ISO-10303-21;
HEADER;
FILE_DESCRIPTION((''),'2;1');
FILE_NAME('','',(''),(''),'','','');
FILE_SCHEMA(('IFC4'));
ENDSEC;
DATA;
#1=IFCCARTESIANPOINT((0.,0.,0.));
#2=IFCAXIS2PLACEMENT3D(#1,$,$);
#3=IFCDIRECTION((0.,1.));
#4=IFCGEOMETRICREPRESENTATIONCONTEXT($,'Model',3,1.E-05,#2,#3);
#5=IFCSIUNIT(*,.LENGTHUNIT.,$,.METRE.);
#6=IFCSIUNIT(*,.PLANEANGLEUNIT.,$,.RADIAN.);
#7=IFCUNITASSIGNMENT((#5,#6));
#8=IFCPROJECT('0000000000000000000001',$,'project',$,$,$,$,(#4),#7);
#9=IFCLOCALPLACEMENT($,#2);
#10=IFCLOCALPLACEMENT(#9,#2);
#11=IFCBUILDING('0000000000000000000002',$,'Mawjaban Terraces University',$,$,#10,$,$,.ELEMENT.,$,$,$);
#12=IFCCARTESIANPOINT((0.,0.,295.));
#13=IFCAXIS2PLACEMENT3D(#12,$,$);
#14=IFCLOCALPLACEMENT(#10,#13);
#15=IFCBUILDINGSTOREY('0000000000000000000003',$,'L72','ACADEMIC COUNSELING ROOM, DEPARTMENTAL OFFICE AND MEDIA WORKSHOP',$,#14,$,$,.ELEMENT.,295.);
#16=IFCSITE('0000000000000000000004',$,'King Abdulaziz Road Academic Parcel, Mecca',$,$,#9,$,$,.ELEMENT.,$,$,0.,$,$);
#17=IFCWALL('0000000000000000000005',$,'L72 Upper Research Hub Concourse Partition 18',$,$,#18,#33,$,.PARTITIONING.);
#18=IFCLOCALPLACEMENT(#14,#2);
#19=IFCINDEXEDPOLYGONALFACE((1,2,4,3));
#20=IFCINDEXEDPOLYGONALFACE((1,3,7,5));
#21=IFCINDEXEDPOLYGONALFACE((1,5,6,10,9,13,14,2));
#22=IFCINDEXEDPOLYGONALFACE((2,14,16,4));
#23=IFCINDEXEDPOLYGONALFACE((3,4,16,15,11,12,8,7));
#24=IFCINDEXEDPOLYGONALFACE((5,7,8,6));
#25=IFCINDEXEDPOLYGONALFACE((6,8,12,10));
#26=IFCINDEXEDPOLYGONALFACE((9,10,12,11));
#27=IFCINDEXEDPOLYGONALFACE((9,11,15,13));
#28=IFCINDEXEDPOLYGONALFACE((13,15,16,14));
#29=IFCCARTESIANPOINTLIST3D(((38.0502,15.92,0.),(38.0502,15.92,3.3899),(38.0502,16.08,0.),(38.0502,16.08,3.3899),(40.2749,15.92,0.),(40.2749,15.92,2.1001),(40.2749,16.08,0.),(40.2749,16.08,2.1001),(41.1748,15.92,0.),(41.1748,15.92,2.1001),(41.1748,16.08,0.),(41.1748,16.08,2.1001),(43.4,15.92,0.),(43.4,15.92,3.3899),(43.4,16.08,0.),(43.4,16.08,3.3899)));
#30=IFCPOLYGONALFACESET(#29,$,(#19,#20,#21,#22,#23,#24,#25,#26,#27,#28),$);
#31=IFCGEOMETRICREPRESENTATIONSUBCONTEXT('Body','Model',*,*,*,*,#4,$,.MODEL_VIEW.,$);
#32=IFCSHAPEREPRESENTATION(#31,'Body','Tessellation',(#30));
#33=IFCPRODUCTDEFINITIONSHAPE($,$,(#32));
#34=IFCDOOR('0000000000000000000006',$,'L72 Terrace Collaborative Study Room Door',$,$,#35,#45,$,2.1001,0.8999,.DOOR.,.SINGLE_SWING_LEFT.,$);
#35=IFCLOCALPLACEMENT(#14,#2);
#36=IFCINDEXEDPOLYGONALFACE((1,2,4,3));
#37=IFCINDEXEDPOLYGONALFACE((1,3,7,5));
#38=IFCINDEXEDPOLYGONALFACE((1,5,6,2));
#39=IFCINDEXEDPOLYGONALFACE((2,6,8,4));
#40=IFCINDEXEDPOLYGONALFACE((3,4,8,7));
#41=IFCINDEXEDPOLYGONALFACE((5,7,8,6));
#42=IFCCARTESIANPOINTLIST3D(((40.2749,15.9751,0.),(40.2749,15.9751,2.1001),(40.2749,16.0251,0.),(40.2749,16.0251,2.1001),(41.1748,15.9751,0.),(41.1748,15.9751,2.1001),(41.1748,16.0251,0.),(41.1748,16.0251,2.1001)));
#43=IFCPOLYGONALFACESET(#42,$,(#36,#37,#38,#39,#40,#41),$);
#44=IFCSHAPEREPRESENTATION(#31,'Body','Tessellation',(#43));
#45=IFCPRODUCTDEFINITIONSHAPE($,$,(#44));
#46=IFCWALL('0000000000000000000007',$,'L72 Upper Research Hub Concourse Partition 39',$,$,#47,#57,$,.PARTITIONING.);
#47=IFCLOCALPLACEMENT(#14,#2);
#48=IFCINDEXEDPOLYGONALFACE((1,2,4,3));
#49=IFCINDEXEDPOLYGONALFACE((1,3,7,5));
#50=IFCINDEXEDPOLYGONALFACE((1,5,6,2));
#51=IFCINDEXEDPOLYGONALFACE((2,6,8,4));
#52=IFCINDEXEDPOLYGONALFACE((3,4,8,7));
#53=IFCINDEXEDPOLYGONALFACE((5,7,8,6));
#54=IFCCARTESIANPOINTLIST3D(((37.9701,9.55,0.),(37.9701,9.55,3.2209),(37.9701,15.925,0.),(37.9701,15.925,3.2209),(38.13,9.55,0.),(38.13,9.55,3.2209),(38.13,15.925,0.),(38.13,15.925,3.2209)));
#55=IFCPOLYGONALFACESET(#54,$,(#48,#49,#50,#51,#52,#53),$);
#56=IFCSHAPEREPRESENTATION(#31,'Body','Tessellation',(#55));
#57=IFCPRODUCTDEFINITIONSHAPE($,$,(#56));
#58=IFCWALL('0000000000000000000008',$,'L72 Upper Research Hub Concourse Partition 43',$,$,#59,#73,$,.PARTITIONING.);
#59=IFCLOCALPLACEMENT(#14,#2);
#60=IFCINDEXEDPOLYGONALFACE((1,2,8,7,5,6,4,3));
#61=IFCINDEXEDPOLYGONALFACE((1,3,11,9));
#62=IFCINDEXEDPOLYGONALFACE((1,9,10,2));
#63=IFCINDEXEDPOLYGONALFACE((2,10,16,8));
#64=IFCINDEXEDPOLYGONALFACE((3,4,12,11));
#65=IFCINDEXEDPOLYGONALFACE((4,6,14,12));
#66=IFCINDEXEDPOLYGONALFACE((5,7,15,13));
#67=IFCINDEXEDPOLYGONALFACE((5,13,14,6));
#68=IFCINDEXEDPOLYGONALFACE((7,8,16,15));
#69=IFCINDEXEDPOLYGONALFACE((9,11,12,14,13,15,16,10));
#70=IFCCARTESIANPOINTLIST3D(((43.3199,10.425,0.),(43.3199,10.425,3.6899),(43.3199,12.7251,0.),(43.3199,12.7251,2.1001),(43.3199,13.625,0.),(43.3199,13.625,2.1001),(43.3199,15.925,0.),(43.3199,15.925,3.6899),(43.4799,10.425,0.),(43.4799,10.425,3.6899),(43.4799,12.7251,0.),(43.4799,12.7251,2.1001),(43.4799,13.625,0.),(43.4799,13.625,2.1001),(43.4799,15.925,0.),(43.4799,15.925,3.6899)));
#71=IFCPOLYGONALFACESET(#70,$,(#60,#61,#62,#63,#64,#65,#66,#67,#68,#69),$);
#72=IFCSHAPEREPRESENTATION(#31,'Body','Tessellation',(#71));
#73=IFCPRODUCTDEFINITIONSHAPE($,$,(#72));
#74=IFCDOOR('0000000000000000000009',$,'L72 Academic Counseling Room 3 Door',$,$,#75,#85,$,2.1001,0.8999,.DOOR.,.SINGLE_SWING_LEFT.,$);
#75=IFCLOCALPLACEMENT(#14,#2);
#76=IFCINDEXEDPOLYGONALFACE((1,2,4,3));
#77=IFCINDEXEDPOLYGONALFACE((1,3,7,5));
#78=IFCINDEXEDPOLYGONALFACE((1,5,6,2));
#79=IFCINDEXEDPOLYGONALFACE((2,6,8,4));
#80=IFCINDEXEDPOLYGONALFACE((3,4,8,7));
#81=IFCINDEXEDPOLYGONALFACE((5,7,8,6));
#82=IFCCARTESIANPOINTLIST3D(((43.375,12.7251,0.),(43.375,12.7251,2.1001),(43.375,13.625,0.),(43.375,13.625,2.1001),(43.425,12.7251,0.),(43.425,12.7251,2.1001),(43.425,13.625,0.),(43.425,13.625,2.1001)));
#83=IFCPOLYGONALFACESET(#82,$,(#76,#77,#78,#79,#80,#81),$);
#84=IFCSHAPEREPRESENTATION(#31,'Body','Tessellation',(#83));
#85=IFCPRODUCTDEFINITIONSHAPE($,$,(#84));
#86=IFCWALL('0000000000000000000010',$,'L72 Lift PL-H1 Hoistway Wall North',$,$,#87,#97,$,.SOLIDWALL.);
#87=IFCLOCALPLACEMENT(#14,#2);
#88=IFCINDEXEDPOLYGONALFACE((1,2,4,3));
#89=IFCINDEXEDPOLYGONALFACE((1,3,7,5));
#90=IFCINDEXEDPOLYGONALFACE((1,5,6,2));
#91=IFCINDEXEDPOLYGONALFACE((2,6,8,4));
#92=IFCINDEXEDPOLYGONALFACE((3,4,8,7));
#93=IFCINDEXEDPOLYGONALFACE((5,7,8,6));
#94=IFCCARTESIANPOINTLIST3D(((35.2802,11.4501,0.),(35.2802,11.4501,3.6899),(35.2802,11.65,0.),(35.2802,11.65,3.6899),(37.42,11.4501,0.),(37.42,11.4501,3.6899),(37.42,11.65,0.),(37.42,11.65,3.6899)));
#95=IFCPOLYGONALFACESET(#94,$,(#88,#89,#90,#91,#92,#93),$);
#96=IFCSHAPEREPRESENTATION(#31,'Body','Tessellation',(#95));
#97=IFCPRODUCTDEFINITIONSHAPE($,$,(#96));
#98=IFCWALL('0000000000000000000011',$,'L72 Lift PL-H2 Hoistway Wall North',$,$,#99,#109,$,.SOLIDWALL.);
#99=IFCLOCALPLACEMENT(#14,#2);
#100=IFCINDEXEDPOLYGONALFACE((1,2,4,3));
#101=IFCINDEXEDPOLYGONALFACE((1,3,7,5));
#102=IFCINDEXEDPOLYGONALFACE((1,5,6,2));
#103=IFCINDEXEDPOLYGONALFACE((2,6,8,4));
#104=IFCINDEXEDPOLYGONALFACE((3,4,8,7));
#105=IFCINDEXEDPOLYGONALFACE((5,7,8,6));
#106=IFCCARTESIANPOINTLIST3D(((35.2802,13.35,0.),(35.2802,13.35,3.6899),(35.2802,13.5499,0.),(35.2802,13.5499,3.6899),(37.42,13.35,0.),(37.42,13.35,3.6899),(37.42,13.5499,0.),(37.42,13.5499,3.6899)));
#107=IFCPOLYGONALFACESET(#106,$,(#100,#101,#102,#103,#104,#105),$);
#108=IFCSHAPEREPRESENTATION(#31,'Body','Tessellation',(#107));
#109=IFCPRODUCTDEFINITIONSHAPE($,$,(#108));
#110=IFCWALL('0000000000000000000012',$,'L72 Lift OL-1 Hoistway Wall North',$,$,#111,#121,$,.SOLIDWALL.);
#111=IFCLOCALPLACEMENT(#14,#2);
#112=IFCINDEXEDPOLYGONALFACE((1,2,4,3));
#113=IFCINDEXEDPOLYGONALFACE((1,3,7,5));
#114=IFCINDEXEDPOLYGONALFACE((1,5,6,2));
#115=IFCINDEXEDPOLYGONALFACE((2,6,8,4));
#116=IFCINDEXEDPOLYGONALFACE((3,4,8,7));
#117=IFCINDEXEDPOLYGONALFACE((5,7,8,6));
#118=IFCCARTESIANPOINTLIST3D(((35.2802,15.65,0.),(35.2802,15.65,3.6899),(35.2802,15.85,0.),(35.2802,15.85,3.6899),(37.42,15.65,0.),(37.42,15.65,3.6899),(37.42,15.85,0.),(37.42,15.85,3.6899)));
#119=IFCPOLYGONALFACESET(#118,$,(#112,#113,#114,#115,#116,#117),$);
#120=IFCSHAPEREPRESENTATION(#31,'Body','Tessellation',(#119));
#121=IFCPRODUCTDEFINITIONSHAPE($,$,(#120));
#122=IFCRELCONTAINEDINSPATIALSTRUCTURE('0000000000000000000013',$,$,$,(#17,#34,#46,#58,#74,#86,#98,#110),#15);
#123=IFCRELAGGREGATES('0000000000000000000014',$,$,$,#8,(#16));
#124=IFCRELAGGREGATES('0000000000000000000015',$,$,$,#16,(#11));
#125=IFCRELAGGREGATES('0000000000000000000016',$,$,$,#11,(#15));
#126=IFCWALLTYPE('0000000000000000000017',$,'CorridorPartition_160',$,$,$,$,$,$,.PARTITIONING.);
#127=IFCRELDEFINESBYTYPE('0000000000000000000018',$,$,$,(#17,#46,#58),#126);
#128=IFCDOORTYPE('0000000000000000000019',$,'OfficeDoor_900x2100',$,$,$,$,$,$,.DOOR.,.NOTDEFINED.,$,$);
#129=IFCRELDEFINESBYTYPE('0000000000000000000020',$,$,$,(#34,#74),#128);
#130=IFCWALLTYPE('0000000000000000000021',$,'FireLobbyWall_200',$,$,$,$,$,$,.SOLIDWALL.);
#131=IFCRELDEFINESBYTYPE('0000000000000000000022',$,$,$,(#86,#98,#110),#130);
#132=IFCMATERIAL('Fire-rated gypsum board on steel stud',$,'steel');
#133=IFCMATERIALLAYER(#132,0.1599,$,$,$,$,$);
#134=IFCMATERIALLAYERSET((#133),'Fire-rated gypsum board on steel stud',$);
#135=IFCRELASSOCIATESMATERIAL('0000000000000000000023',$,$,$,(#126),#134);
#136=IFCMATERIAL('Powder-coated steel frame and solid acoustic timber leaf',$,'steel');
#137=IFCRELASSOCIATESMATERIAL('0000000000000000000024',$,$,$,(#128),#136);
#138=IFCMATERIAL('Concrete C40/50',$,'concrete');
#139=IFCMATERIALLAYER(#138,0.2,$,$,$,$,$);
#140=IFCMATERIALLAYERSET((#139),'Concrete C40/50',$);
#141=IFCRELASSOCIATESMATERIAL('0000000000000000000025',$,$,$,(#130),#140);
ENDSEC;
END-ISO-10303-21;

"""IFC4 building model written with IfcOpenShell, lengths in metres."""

from ifc_helpers import new_model, si_unit, direction, frame, frame_2d, origin, place, context, subcontext, project, spatial, rectangle, extrude, material, layer, layer_set, type_object, element, fill, save


model = new_model("IFC4")

# Units and contexts
model_context = context("Model", 3, precision=1e-05, world=origin(), true_north=direction((0.0, 1.0)))
body_context = subcontext(model_context, "Body", "Model", "MODEL_VIEW")
ifc_project = project(units=[si_unit("LENGTHUNIT", "METRE"), si_unit("PLANEANGLEUNIT", "RADIAN")], contexts=[model_context])

# Site, building, storey
site_placement = place(None, origin())
site = spatial("IfcSite", under=ifc_project, at=site_placement, Name="King Abdulaziz Road Academic Parcel, Mecca", CompositionType="ELEMENT", RefElevation=0.0)
building_placement = place(site_placement, origin())
building = spatial("IfcBuilding", under=site, at=building_placement, Name="Mawjaban Terraces University", CompositionType="ELEMENT")
storey_placement = place(building_placement, frame((0.0, 0.0, 295.0)))
storey = spatial("IfcBuildingStorey", under=building, at=storey_placement, Name="L72", Description="ACADEMIC COUNSELING ROOM, DEPARTMENTAL OFFICE AND MEDIA WORKSHOP", CompositionType="ELEMENT", Elevation=295.0)

# Wall, opening, door
ifc_material_1 = material(Name="Fire-rated gypsum board on steel stud", Category="steel")
ifc_layer_1 = layer(ifc_material_1, 0.1599)
ifc_layer_set_1 = layer_set([ifc_layer_1], Name="Fire-rated gypsum board on steel stud")
wall_type_1 = type_object("IfcWallType", Name="CorridorPartition_160", PredefinedType="PARTITIONING", material=ifc_layer_set_1)
wall_1_placement = place(storey_placement, frame((43.3999, 16.0, 0.0), z_axis=(0.0, 0.0, 1.0), x_axis=(-1.0, 0.0, 0.0)))
wall_1 = element("IfcWall", 1, at=wall_1_placement, inside=storey, type_object=wall_type_1, Name="L72 Upper Research Hub Concourse Partition 18", PredefinedType="PARTITIONING", context=body_context, shape_type="SweptSolid", body=[
    extrude(rectangle(XDim=5.3499, YDim=0.1599, at=frame_2d((2.6748, 0.0))), origin(), (0.0, 0.0, 1.0), 3.3899),
])
opening_1_placement = place(wall_1_placement, frame((2.2251, 0.0, 0.0)))
opening_1 = element("IfcOpeningElement", 2, at=opening_1_placement, cuts=wall_1, PredefinedType="OPENING", context=body_context, shape_type="SweptSolid", body=[
    extrude(rectangle(XDim=0.8999, YDim=2.1001, at=frame_2d((0.45, 1.05))), frame((0.0, 0.0898, 0.0), z_axis=(0.0, -1.0, 0.0), x_axis=(1.0, 0.0, 0.0)), (0.0, 0.0, 1.0), 0.1799),
])
ifc_material_2 = material(Name="Powder-coated steel frame and solid acoustic timber leaf", Category="steel")
door_type = type_object("IfcDoorType", Name="OfficeDoor_900x2100", OperationType="NOTDEFINED", PredefinedType="DOOR", material=ifc_material_2)
door_1_placement = place(opening_1_placement, origin())
door_1 = element("IfcDoor", 3, at=door_1_placement, inside=storey, type_object=door_type, Name="L72 Terrace Collaborative Study Room Door", OperationType="SINGLE_SWING_LEFT", OverallHeight=2.1001, OverallWidth=0.8999, PredefinedType="DOOR", context=body_context, shape_type="SweptSolid", body=[
    extrude(rectangle(XDim=0.8999, YDim=2.1001, at=frame_2d((0.45, 1.05))), frame((0.0, 0.0249, 0.0), z_axis=(0.0, -1.0, 0.0), x_axis=(1.0, 0.0, 0.0)), (0.0, 0.0, 1.0), 0.05),
])
fill(opening_1, door_1)

# Wall
wall_2_placement = place(storey_placement, frame((38.05, 15.925, 0.0), z_axis=(0.0, 0.0, 1.0), x_axis=(0.0, -1.0, 0.0)))
element("IfcWall", 4, at=wall_2_placement, inside=storey, type_object=wall_type_1, Name="L72 Upper Research Hub Concourse Partition 39", PredefinedType="PARTITIONING", context=body_context, shape_type="SweptSolid", body=[
    extrude(rectangle(XDim=6.375, YDim=0.1599, at=frame_2d((3.1875, 0.0))), origin(), (0.0, 0.0, 1.0), 3.2209),
])

# Wall, opening, door
wall_3_placement = place(storey_placement, frame((43.3999, 10.425, 0.0), z_axis=(0.0, 0.0, 1.0), x_axis=(0.0, 1.0, 0.0)))
wall_3 = element("IfcWall", 5, at=wall_3_placement, inside=storey, type_object=wall_type_1, Name="L72 Upper Research Hub Concourse Partition 43", PredefinedType="PARTITIONING", context=body_context, shape_type="SweptSolid", body=[
    extrude(rectangle(XDim=5.5, YDim=0.1599, at=frame_2d((2.75, 0.0))), origin(), (0.0, 0.0, 1.0), 3.6899),
])
opening_2_placement = place(wall_3_placement, frame((2.3, 0.0, 0.0)))
opening_2 = element("IfcOpeningElement", 6, at=opening_2_placement, cuts=wall_3, PredefinedType="OPENING", context=body_context, shape_type="SweptSolid", body=[
    extrude(rectangle(XDim=0.8999, YDim=2.1001, at=frame_2d((0.45, 1.05))), frame((0.0, 0.0898, 0.0), z_axis=(0.0, -1.0, 0.0), x_axis=(1.0, 0.0, 0.0)), (0.0, 0.0, 1.0), 0.1799),
])
door_2_placement = place(opening_2_placement, origin())
door_2 = element("IfcDoor", 7, at=door_2_placement, inside=storey, type_object=door_type, Name="L72 Academic Counseling Room 3 Door", OperationType="SINGLE_SWING_LEFT", OverallHeight=2.1001, OverallWidth=0.8999, PredefinedType="DOOR", context=body_context, shape_type="SweptSolid", body=[
    extrude(rectangle(XDim=0.8999, YDim=2.1001, at=frame_2d((0.45, 1.05))), frame((0.0, 0.0249, 0.0), z_axis=(0.0, -1.0, 0.0), x_axis=(1.0, 0.0, 0.0)), (0.0, 0.0, 1.0), 0.05),
])
fill(opening_2, door_2)

# Walls
ifc_material_3 = material(Name="Concrete C40/50", Category="concrete")
ifc_layer_2 = layer(ifc_material_3, 0.2)
ifc_layer_set_2 = layer_set([ifc_layer_2], Name="Concrete C40/50")
wall_type_2 = type_object("IfcWallType", Name="FireLobbyWall_200", PredefinedType="SOLIDWALL", material=ifc_layer_set_2)
for number, where, z_axis, x_axis, name in (
    (8, (37.4199, 11.55, 0.0), (0.0, 0.0, 1.0), (-1.0, 0.0, 0.0), "L72 Lift PL-H1 Hoistway Wall North"),
    (9, (37.4199, 13.45, 0.0), (0.0, 0.0, 1.0), (-1.0, 0.0, 0.0), "L72 Lift PL-H2 Hoistway Wall North"),
    (10, (37.4199, 15.75, 0.0), (0.0, 0.0, 1.0), (-1.0, 0.0, 0.0), "L72 Lift OL-1 Hoistway Wall North"),
):
    element("IfcWall", number, at=place(storey_placement, frame(where, z_axis=z_axis, x_axis=x_axis)), inside=storey, type_object=wall_type_2, Name=name, PredefinedType="SOLIDWALL", context=body_context, shape_type="SweptSolid", body=[
        extrude(rectangle(XDim=2.1399, YDim=0.2, at=frame_2d((1.0698, 0.0))), origin(), (0.0, 0.0, 1.0), 3.6899),
    ])

save(model, "model.ifc")
